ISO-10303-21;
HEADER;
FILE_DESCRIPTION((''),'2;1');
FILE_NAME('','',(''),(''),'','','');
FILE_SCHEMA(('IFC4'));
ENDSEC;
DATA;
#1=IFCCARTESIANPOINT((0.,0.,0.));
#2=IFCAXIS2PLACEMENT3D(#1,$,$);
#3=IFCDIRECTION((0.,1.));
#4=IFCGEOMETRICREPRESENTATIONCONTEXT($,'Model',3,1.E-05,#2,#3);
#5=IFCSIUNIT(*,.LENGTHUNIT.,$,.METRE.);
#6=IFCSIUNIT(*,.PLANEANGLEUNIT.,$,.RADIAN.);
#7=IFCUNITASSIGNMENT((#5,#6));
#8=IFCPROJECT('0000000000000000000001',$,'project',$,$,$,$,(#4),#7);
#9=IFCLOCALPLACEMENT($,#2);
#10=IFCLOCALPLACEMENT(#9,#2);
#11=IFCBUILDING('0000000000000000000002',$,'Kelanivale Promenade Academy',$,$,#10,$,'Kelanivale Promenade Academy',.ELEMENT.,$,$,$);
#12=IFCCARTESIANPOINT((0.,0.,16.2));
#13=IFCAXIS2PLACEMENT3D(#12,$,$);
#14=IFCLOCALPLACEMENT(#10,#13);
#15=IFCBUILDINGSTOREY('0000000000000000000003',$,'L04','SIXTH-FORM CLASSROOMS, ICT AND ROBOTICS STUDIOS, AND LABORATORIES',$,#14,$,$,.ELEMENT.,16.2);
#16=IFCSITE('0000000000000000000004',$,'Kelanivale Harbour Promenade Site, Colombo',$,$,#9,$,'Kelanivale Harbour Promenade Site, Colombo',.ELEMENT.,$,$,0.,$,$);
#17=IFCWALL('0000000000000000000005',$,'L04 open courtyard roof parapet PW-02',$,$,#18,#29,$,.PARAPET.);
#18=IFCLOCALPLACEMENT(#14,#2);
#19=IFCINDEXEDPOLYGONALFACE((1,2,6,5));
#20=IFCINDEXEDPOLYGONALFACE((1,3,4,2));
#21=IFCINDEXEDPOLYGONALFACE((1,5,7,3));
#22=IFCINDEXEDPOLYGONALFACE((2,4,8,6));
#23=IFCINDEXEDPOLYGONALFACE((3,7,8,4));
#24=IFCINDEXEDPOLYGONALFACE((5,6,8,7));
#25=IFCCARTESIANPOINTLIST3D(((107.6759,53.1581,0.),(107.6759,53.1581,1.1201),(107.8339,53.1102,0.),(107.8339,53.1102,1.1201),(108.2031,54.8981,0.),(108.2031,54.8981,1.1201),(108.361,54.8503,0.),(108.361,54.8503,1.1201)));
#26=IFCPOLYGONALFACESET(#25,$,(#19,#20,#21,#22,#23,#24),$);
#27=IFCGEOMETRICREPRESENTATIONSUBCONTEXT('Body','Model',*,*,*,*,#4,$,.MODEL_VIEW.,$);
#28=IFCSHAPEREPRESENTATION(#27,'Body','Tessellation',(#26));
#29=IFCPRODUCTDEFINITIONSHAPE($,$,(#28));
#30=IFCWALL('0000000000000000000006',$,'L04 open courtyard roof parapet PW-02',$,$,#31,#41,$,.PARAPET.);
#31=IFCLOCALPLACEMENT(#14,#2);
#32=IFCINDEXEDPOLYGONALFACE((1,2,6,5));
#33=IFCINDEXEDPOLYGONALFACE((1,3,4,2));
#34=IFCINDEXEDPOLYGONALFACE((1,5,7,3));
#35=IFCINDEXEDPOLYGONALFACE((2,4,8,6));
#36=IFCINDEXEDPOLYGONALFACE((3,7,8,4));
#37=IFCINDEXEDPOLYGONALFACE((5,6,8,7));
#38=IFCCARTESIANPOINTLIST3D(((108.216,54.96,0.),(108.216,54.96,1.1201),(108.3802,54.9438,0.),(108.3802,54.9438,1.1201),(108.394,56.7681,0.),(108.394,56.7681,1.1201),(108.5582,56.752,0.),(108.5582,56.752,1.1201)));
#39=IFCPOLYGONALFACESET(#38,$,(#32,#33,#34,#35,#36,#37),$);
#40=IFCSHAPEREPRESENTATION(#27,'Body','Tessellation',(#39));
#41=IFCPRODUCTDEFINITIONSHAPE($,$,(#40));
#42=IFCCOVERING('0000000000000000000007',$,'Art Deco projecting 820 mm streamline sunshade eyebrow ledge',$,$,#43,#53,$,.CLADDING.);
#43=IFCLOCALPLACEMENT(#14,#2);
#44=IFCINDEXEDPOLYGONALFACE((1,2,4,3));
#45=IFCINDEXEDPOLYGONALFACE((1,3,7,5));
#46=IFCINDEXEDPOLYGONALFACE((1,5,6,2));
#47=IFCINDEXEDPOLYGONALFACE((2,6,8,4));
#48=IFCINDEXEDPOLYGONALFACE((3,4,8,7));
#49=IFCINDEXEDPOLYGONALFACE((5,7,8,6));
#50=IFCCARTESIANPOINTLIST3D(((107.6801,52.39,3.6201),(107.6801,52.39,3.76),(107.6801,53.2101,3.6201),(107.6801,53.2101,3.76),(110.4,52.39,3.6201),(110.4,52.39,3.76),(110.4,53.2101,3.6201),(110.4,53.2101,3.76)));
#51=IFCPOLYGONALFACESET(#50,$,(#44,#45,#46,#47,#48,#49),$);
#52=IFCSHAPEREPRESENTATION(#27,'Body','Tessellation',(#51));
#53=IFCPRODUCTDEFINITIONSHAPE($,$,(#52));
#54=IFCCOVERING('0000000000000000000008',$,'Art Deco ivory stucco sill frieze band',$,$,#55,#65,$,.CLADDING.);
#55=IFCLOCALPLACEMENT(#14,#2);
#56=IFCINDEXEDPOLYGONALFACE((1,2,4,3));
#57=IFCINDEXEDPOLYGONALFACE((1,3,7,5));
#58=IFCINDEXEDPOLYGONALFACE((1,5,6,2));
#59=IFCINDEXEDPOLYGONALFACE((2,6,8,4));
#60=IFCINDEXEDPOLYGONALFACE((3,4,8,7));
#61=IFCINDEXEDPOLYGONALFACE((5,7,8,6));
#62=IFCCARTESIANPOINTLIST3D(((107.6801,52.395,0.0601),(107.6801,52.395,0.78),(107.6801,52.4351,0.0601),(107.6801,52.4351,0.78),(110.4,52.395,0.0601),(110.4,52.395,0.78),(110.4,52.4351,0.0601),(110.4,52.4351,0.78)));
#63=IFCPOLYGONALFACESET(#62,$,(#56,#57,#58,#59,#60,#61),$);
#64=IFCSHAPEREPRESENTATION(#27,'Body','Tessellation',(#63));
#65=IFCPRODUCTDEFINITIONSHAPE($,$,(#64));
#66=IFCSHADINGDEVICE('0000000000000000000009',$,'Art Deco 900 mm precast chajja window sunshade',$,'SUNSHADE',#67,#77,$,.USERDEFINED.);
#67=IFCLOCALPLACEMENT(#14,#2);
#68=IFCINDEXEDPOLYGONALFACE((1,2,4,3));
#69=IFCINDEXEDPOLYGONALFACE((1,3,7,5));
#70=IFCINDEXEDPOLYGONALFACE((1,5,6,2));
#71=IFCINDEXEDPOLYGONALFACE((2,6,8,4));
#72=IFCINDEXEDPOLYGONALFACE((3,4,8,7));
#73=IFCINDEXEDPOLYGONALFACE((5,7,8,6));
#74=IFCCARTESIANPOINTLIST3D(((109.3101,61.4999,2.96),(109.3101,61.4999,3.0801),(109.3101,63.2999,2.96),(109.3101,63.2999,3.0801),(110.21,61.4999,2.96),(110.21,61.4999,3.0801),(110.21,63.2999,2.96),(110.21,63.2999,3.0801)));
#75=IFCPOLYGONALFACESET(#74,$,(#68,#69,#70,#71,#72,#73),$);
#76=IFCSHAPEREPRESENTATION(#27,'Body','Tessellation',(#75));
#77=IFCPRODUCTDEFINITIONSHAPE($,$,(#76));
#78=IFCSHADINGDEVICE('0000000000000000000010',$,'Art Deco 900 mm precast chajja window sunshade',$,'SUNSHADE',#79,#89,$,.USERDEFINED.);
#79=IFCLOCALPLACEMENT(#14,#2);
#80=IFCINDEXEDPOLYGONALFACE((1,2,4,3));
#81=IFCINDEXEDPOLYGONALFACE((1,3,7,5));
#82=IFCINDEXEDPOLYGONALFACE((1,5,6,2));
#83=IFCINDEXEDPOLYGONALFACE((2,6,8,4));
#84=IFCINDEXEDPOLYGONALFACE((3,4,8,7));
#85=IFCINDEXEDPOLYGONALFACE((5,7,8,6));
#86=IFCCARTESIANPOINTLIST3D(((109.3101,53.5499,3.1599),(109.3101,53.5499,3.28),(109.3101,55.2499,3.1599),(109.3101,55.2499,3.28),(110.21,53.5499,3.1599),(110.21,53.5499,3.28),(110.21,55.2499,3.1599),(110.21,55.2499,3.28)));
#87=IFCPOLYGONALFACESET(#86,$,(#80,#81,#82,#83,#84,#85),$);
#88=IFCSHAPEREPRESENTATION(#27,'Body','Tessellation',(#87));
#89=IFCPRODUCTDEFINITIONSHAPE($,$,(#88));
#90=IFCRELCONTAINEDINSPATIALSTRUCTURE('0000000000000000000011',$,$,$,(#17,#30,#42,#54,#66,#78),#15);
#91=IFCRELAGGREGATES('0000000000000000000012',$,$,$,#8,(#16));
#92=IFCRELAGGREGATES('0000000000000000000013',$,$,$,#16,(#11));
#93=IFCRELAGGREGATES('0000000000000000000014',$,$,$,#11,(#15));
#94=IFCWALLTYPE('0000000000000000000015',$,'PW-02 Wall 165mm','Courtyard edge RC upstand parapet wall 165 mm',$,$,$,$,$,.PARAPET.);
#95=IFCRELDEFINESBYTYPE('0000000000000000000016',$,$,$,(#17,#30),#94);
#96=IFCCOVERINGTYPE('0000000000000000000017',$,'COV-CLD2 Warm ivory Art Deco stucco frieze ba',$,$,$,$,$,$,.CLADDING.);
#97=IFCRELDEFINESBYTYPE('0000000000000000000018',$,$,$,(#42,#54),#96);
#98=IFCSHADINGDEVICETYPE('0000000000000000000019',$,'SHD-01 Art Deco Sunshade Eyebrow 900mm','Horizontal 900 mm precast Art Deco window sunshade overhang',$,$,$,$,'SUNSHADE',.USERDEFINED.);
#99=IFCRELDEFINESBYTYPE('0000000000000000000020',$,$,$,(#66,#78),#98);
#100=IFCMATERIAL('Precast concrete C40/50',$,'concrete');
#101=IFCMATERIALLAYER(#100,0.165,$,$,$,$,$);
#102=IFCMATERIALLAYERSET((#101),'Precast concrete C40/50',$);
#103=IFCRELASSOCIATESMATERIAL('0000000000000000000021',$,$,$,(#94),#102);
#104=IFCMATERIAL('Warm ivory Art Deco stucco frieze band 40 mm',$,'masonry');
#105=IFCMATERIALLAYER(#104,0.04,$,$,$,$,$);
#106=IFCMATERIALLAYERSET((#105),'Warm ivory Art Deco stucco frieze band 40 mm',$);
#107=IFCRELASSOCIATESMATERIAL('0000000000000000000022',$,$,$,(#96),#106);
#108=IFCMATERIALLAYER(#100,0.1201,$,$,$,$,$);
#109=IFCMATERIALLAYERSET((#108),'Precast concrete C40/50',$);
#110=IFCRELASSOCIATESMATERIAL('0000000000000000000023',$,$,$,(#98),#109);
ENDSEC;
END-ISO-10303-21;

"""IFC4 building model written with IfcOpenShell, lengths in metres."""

from ifc_helpers import new_model, si_unit, direction, frame, frame_2d, origin, origin_2d, place, context, subcontext, project, spatial, rectangle, extrude, material, layer, layer_set, type_object, element, save


model = new_model("IFC4")

# Units and contexts
model_context = context("Model", 3, precision=1e-05, world=origin(), true_north=direction((0.0, 1.0)))
body_context = subcontext(model_context, "Body", "Model", "MODEL_VIEW")
ifc_project = project(units=[si_unit("LENGTHUNIT", "METRE"), si_unit("PLANEANGLEUNIT", "RADIAN")], contexts=[model_context])

# Site, building, storey
site_placement = place(None, origin())
site = spatial("IfcSite", under=ifc_project, at=site_placement, Name="Kelanivale Harbour Promenade Site, Colombo", LongName="Kelanivale Harbour Promenade Site, Colombo", CompositionType="ELEMENT", RefElevation=0.0)
building_placement = place(site_placement, origin())
building = spatial("IfcBuilding", under=site, at=building_placement, Name="Kelanivale Promenade Academy", LongName="Kelanivale Promenade Academy", CompositionType="ELEMENT")
storey_placement = place(building_placement, frame((0.0, 0.0, 16.2)))
storey = spatial("IfcBuildingStorey", under=building, at=storey_placement, Name="L04", Description="SIXTH-FORM CLASSROOMS, ICT AND ROBOTICS STUDIOS, AND LABORATORIES", CompositionType="ELEMENT", Elevation=16.2)

# Walls
ifc_material_1 = material(Name="Precast concrete C40/50", Category="concrete")
ifc_layer_1 = layer(ifc_material_1, 0.165)
ifc_layer_set_1 = layer_set([ifc_layer_1], Name="Precast concrete C40/50")
wall_type_1 = type_object("IfcWallType", Name="PW-02 Wall 165mm", Description="Courtyard edge RC upstand parapet wall 165 mm", PredefinedType="PARAPET", material=ifc_layer_set_1)
for number, where, z_axis, x_axis, name in (
    (1, (107.7549, 53.134, 0.0), (0.0, 0.0, 1.0), (0.289922, 0.95705, 0.0), "L04 open courtyard roof parapet PW-02"),
):
    element("IfcWall", number, at=place(storey_placement, frame(where, z_axis=z_axis, x_axis=x_axis)), inside=storey, type_object=wall_type_1, Name=name, PredefinedType="PARAPET", context=body_context, shape_type="SweptSolid", body=[
        extrude(rectangle(XDim=1.8181, YDim=0.165, at=frame_2d((0.9092, 0.0))), origin(), (0.0, 0.0, 1.0), 1.1201),
    ])
wall_1_placement = place(storey_placement, frame((108.2981, 54.9519, 0.0), z_axis=(0.0, 0.0, 1.0), x_axis=(0.09796, 0.99519, 0.0)))
element("IfcWall", 2, at=wall_1_placement, inside=storey, type_object=wall_type_1, Name="L04 open courtyard roof parapet PW-02", PredefinedType="PARAPET", context=body_context, shape_type="SweptSolid", body=[
    extrude(rectangle(XDim=1.8169, YDim=0.165, at=frame_2d((0.9084, 0.0))), origin(), (0.0, 0.0, 1.0), 1.1201),
])

# Coverings
ifc_material_2 = material(Name="Warm ivory Art Deco stucco frieze band 40 mm", Category="masonry")
ifc_layer_2 = layer(ifc_material_2, 0.04)
ifc_layer_set_2 = layer_set([ifc_layer_2], Name="Warm ivory Art Deco stucco frieze band 40 mm")
covering_type = type_object("IfcCoveringType", Name="COV-CLD2 Warm ivory Art Deco stucco frieze ba", PredefinedType="CLADDING", material=ifc_layer_set_2)
covering_1_placement = place(storey_placement, frame((109.04, 52.8, 3.6201), z_axis=(0.0, 0.0, 1.0), x_axis=(-1.0, 0.0, 0.0)))
element("IfcCovering", 3, at=covering_1_placement, inside=storey, type_object=covering_type, Name="Art Deco projecting 820 mm streamline sunshade eyebrow ledge", PredefinedType="CLADDING", context=body_context, shape_type="SweptSolid", body=[
    extrude(rectangle(XDim=2.72, YDim=0.8201, at=origin_2d()), origin(), (0.0, 0.0, 1.0), 0.1399),
])
covering_2_placement = place(storey_placement, frame((109.04, 52.415, 0.0601), z_axis=(0.0, 0.0, 1.0), x_axis=(-1.0, 0.0, 0.0)))
element("IfcCovering", 4, at=covering_2_placement, inside=storey, type_object=covering_type, Name="Art Deco ivory stucco sill frieze band", PredefinedType="CLADDING", context=body_context, shape_type="SweptSolid", body=[
    extrude(rectangle(XDim=2.72, YDim=0.04, at=origin_2d()), origin(), (0.0, 0.0, 1.0), 0.72),
])

# Shading devices
ifc_layer_3 = layer(ifc_material_1, 0.1201)
ifc_layer_set_3 = layer_set([ifc_layer_3], Name="Precast concrete C40/50")
shading_device_type = type_object("IfcShadingDeviceType", Name="SHD-01 Art Deco Sunshade Eyebrow 900mm", Description="Horizontal 900 mm precast Art Deco window sunshade overhang", ElementType="SUNSHADE", PredefinedType="USERDEFINED", material=ifc_layer_set_3)
shading_device_1_placement = place(storey_placement, frame((109.76, 62.3999, 2.96), z_axis=(0.0, 0.0, 1.0), x_axis=(0.0, -1.0, 0.0)))
element("IfcShadingDevice", 5, at=shading_device_1_placement, inside=storey, type_object=shading_device_type, Name="Art Deco 900 mm precast chajja window sunshade", ObjectType="SUNSHADE", PredefinedType="USERDEFINED", context=body_context, shape_type="SweptSolid", body=[
    extrude(rectangle(XDim=1.8, YDim=0.8999, at=origin_2d()), origin(), (0.0, 0.0, 1.0), 0.1201),
])
shading_device_2_placement = place(storey_placement, frame((109.76, 54.3999, 3.1599), z_axis=(0.0, 0.0, 1.0), x_axis=(0.0, -1.0, 0.0)))
element("IfcShadingDevice", 6, at=shading_device_2_placement, inside=storey, type_object=shading_device_type, Name="Art Deco 900 mm precast chajja window sunshade", ObjectType="SUNSHADE", PredefinedType="USERDEFINED", context=body_context, shape_type="SweptSolid", body=[
    extrude(rectangle(XDim=1.7, YDim=0.8999, at=origin_2d()), origin(), (0.0, 0.0, 1.0), 0.1201),
])

save(model, "model.ifc")
